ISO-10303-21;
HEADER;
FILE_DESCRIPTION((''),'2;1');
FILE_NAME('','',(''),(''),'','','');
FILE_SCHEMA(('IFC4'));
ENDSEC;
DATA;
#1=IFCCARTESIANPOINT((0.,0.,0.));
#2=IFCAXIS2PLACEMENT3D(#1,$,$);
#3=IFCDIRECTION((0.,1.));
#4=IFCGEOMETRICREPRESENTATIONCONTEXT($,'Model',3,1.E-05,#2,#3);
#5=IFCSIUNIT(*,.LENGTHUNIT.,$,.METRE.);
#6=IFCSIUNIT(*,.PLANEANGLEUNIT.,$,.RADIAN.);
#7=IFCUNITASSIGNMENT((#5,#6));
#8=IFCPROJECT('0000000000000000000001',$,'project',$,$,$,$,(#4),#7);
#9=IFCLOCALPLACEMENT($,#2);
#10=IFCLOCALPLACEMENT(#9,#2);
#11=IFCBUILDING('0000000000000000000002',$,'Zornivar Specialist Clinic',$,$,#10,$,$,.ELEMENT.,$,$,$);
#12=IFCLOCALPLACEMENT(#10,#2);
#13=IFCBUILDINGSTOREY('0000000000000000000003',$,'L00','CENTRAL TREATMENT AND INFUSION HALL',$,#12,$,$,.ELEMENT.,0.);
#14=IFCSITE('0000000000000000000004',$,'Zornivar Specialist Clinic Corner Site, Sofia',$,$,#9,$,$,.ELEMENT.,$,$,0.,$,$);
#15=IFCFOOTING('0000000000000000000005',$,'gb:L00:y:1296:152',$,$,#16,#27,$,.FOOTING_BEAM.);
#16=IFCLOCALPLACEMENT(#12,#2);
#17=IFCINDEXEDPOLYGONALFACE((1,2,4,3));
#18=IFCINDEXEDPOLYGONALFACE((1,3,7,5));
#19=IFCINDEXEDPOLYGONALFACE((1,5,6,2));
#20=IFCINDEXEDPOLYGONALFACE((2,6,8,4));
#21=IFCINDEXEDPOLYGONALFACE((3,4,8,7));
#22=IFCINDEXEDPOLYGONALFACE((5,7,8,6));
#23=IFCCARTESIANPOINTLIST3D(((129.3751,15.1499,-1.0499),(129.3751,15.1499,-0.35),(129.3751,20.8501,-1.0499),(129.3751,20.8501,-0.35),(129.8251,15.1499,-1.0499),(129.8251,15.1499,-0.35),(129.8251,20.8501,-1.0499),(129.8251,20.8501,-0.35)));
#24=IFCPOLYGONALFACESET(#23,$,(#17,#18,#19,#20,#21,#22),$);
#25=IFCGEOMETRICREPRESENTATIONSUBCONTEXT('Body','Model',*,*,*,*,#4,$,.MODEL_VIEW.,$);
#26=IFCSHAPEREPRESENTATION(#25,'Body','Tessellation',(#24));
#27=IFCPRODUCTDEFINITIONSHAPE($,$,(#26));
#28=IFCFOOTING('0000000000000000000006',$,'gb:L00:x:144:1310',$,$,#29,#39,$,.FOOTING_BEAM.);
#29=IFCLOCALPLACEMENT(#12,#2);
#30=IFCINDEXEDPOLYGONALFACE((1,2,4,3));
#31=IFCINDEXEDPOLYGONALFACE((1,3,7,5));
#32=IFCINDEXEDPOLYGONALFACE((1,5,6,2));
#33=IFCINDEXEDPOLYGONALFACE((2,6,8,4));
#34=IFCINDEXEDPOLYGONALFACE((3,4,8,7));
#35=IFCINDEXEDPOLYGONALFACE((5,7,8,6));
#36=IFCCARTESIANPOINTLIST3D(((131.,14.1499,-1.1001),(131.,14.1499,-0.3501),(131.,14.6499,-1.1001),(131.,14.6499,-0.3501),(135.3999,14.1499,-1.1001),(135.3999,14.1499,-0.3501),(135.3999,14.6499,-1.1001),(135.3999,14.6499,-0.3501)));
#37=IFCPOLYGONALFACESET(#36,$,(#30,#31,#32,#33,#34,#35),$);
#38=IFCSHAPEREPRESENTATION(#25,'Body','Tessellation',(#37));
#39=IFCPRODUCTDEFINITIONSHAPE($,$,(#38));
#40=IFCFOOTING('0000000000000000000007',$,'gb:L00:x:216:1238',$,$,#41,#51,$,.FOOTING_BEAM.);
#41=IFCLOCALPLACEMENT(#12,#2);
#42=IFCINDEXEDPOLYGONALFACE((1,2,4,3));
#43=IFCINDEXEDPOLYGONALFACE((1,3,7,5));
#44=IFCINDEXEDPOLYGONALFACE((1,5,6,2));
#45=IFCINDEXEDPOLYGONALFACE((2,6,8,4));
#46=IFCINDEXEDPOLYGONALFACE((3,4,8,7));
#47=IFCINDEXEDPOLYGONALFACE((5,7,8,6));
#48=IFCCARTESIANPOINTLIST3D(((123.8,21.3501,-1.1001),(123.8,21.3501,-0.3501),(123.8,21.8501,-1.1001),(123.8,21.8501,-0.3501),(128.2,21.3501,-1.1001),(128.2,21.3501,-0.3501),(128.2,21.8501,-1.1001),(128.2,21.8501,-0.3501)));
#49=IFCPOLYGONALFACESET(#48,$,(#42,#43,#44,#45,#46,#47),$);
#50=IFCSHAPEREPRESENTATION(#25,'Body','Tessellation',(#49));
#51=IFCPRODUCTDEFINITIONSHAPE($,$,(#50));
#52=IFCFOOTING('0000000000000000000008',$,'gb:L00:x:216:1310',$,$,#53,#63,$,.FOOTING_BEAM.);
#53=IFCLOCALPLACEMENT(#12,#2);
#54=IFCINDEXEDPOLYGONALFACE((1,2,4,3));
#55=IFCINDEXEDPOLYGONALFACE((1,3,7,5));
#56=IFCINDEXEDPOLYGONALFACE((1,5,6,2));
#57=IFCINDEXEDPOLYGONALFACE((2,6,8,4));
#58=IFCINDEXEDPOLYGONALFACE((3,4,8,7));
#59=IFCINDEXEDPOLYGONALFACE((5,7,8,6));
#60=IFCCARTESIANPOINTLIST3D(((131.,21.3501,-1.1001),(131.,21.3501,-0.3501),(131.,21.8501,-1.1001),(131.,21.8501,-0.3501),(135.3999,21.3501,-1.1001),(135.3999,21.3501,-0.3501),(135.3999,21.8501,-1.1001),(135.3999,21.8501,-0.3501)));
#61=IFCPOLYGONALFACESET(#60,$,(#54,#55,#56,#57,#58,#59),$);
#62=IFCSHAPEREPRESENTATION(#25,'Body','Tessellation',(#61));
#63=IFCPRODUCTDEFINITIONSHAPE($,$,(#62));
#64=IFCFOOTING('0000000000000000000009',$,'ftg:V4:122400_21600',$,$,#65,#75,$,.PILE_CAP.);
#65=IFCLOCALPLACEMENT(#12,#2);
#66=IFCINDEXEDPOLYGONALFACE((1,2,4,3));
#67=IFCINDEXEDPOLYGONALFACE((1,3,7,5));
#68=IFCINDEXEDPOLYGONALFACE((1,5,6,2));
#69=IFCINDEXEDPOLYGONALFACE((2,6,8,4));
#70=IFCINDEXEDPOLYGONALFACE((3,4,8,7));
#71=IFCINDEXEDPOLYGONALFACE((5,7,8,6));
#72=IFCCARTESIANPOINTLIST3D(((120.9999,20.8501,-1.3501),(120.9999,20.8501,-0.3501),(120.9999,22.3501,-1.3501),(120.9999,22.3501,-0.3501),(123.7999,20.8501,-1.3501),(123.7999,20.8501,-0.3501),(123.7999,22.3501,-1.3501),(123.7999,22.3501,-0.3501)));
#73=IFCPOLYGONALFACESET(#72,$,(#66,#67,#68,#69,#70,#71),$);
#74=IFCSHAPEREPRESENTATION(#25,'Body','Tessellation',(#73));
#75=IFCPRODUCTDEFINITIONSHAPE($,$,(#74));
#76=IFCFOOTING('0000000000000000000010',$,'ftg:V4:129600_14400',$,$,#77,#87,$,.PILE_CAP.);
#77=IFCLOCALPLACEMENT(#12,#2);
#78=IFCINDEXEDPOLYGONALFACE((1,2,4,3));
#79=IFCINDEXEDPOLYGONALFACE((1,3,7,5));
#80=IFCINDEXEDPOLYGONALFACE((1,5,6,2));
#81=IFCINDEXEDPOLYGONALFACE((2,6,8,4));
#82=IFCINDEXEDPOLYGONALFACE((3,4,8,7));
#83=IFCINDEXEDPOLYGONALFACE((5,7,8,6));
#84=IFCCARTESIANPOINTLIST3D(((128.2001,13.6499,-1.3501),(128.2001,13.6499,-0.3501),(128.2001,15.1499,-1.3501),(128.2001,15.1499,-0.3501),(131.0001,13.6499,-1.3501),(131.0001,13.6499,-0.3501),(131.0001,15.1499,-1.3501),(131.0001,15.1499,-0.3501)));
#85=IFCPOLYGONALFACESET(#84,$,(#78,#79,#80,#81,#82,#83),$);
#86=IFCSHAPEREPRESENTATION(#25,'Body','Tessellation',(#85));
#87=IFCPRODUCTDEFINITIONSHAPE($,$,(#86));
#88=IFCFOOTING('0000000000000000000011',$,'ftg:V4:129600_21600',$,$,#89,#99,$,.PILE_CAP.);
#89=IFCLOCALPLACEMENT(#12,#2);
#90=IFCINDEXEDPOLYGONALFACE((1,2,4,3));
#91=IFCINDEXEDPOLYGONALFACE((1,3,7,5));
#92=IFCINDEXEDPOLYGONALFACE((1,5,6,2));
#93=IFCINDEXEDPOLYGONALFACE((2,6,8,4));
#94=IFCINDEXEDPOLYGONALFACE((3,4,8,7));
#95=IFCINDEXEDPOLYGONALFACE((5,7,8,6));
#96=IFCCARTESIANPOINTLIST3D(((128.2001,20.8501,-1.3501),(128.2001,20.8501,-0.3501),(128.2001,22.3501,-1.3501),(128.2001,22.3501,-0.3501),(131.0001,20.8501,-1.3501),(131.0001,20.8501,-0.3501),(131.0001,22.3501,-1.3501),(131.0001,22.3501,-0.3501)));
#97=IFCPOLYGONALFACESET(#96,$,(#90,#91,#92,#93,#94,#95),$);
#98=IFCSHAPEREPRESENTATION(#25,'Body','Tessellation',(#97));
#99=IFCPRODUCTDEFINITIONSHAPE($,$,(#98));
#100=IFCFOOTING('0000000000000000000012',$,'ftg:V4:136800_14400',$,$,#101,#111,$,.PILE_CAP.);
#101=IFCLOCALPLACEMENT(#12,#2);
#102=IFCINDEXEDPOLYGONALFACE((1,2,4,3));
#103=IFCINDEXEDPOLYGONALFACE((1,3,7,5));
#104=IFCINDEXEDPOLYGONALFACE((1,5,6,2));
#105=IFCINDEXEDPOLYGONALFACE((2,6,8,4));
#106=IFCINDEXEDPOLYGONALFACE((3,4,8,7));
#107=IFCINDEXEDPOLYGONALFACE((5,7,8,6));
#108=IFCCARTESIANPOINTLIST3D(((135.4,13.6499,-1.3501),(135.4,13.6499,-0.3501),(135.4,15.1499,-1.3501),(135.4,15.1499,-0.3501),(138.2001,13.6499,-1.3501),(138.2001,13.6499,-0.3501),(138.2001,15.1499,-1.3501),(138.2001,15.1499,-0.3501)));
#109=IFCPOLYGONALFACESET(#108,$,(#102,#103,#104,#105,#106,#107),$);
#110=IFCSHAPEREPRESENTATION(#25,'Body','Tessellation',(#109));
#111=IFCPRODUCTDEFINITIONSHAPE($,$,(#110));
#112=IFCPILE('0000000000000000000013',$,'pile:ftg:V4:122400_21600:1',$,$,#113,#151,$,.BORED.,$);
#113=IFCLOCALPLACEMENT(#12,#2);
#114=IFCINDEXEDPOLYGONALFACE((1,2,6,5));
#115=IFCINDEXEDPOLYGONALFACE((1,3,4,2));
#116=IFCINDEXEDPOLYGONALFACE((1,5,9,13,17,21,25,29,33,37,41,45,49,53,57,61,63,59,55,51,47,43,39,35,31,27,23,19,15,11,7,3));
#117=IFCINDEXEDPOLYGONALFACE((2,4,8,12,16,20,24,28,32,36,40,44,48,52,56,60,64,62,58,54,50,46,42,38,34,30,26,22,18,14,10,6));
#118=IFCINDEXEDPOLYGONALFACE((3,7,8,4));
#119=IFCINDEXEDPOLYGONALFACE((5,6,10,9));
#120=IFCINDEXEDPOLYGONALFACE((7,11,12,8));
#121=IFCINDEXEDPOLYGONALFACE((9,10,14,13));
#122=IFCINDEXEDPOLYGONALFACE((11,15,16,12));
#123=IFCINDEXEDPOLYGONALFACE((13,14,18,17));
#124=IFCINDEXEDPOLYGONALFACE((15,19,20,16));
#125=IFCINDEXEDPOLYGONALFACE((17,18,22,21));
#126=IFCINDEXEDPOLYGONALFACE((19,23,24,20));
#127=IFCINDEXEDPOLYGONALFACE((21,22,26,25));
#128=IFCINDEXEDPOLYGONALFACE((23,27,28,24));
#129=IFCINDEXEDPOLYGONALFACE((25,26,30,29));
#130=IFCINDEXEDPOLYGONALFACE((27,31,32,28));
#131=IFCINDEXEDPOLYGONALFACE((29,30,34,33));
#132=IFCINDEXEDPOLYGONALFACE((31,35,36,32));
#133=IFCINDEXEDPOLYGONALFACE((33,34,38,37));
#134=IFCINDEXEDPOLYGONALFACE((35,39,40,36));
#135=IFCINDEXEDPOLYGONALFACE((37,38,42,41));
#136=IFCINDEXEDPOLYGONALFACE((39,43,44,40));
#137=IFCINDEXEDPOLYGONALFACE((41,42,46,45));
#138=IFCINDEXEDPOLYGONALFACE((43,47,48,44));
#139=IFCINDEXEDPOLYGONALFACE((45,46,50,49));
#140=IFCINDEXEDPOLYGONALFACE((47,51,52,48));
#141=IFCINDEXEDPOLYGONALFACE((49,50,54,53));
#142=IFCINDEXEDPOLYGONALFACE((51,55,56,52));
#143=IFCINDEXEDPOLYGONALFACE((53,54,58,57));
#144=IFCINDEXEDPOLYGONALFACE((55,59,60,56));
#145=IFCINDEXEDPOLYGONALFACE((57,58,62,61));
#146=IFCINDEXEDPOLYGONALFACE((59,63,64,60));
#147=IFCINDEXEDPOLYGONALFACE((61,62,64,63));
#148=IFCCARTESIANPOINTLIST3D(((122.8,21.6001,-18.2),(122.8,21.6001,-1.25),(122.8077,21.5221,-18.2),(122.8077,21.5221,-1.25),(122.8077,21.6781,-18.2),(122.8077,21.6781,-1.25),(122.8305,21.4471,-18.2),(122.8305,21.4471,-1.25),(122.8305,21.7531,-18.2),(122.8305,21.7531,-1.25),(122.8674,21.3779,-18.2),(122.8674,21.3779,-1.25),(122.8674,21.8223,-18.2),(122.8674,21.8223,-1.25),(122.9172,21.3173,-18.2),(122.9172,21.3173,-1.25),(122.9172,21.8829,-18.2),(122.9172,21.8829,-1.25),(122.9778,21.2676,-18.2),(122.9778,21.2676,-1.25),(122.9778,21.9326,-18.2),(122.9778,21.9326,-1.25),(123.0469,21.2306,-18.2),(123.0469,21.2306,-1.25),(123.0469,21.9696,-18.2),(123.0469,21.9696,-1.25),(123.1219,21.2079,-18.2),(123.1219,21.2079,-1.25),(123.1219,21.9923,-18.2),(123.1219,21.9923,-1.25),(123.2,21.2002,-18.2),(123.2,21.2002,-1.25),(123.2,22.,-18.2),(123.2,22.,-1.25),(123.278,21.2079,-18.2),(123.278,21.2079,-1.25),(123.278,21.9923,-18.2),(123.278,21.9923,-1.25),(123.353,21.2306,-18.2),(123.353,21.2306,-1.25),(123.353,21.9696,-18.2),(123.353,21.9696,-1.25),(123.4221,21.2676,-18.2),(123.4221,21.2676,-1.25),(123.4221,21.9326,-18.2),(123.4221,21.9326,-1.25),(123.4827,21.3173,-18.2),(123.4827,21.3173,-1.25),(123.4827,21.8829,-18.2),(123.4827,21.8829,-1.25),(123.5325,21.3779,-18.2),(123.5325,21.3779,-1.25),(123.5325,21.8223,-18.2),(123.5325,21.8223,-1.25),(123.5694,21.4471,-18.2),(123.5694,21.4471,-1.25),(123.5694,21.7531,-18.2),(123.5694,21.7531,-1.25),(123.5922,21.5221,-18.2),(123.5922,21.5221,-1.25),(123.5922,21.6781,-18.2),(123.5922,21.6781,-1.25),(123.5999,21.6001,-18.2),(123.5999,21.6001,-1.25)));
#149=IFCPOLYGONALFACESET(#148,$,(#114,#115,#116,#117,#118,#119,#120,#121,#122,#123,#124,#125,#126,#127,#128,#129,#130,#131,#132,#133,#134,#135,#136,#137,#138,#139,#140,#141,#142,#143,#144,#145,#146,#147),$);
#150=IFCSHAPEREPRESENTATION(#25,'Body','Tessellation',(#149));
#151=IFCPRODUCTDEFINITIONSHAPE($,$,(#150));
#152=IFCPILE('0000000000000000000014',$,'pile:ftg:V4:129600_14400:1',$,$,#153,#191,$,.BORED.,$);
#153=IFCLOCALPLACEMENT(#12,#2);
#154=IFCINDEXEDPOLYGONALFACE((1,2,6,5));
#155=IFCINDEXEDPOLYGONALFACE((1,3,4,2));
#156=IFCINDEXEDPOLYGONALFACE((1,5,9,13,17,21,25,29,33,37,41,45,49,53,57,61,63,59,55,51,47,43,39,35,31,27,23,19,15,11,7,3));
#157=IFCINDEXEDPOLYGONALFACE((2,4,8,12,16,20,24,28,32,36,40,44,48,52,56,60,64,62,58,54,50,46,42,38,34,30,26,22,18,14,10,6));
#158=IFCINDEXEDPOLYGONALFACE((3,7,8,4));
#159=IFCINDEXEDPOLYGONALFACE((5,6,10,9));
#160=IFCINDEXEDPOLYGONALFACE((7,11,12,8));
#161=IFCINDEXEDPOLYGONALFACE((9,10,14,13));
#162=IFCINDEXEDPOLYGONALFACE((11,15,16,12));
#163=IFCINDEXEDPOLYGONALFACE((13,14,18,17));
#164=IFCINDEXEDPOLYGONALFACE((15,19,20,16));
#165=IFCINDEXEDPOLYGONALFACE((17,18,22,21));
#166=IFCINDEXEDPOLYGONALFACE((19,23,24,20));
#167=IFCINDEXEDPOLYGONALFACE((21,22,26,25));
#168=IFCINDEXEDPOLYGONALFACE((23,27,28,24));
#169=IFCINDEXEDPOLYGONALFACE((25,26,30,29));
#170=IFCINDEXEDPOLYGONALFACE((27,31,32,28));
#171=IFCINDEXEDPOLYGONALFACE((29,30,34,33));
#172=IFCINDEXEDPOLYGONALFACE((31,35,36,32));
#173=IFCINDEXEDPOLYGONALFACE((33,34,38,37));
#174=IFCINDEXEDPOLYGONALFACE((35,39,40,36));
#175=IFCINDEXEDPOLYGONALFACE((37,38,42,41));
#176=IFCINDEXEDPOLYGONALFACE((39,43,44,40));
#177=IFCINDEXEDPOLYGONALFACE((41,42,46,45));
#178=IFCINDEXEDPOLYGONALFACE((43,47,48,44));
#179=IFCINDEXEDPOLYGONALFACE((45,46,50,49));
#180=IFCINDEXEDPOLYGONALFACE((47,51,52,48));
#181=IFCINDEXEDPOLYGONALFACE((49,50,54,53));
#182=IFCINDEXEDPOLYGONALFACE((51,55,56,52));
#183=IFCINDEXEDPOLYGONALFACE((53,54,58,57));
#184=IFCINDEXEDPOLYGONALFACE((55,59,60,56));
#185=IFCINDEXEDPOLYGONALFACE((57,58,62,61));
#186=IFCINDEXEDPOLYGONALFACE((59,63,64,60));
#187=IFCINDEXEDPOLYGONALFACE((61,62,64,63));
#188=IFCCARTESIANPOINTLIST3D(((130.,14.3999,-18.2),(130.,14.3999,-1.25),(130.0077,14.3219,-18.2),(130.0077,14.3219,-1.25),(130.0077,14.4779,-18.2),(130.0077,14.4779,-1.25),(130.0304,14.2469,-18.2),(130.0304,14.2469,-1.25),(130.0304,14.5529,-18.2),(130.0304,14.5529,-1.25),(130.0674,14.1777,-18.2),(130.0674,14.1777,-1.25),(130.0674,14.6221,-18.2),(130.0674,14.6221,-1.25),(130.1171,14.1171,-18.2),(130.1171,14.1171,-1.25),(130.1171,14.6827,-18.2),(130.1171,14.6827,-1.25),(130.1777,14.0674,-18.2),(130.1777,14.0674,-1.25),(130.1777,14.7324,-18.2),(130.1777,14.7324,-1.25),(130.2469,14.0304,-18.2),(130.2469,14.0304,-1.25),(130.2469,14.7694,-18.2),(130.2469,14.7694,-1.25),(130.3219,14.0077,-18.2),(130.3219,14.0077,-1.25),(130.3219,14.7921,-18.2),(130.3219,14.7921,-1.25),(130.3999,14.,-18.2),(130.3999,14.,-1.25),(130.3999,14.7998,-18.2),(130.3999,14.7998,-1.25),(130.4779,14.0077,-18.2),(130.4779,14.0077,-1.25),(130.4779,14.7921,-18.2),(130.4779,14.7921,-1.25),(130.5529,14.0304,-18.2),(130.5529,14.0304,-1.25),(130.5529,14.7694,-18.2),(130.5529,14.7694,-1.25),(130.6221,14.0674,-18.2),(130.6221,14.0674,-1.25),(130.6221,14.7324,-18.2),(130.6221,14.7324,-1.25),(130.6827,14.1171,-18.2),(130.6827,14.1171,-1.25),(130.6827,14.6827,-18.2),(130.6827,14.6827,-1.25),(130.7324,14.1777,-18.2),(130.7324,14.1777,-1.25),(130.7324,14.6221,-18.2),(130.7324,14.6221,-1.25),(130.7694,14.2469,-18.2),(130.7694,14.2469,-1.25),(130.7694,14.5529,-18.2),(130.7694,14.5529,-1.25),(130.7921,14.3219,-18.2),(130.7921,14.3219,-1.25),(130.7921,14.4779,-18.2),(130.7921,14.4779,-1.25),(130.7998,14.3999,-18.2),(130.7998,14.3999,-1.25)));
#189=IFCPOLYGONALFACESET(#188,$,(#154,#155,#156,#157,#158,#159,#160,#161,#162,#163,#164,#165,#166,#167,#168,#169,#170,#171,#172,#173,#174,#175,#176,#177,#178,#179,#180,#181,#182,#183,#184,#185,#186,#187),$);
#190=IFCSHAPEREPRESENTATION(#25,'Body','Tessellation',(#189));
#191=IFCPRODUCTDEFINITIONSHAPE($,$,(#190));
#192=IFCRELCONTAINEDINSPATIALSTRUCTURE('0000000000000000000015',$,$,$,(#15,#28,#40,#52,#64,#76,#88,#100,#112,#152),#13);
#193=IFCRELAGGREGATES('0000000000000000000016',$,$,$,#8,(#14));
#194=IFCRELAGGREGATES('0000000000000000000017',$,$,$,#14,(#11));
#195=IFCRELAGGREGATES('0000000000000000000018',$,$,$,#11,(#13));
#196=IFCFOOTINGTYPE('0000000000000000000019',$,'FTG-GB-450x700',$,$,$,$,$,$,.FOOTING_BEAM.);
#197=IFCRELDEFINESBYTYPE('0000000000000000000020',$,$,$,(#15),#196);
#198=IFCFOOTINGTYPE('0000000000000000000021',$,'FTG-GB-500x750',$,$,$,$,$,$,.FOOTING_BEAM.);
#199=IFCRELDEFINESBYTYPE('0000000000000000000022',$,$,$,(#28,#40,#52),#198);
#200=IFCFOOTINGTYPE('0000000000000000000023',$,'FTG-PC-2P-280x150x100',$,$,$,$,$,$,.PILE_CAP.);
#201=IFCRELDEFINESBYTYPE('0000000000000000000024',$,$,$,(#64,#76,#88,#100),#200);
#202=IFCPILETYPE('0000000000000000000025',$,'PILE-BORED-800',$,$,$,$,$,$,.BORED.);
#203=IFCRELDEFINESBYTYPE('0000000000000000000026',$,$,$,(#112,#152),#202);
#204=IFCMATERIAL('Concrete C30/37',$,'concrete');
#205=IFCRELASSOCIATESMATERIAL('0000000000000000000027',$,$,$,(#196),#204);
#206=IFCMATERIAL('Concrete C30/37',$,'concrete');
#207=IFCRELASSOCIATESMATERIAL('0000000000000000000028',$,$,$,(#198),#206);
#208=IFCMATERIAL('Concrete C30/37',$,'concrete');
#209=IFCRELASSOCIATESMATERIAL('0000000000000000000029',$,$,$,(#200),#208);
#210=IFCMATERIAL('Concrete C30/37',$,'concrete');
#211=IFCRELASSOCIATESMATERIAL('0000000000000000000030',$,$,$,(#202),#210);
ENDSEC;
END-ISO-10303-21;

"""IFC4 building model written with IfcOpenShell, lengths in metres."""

from ifc_helpers import new_model, si_unit, direction, frame, origin, origin_2d, place, context, subcontext, project, spatial, rectangle, circle, extrude, material, material_profile, profile_set, type_object, element, save


model = new_model("IFC4")

# Units and contexts
model_context = context("Model", 3, precision=1e-05, world=origin(), true_north=direction((0.0, 1.0)))
body_context = subcontext(model_context, "Body", "Model", "MODEL_VIEW")
ifc_project = project(units=[si_unit("LENGTHUNIT", "METRE"), si_unit("PLANEANGLEUNIT", "RADIAN")], contexts=[model_context])

# Site, building, storey
site_placement = place(None, origin())
site = spatial("IfcSite", under=ifc_project, at=site_placement, Name="Zornivar Specialist Clinic Corner Site, Sofia", CompositionType="ELEMENT", RefElevation=0.0)
building_placement = place(site_placement, origin())
building = spatial("IfcBuilding", under=site, at=building_placement, Name="Zornivar Specialist Clinic", CompositionType="ELEMENT")
storey_placement = place(building_placement, origin())
storey = spatial("IfcBuildingStorey", under=building, at=storey_placement, Name="L00", Description="CENTRAL TREATMENT AND INFUSION HALL", CompositionType="ELEMENT", Elevation=0.0)

# Footings
ifc_material_1 = material(Name="Concrete C30/37", Category="concrete")
ifc_material_profile_1 = material_profile(ifc_material_1, rectangle(XDim=0.45, YDim=0.7, at=origin_2d()), Name="RC 450x700")
ifc_profile_set_1 = profile_set([ifc_material_profile_1], Name="Concrete C30/37")
footing_type_1 = type_object("IfcFootingType", Name="FTG-GB-450x700", PredefinedType="FOOTING_BEAM", material=ifc_profile_set_1)
footing_placement = place(storey_placement, frame((129.6001, 15.1499, -0.7), z_axis=(0.0, 1.0, 0.0), x_axis=(-1.0, 0.0, 0.0)))
element("IfcFooting", 1, at=footing_placement, inside=storey, type_object=footing_type_1, Name="gb:L00:y:1296:152", PredefinedType="FOOTING_BEAM", context=body_context, shape_type="SweptSolid", body=[
    extrude(rectangle(XDim=0.45, YDim=0.7, at=origin_2d()), origin(), (0.0, 0.0, 1.0), 5.7002),
])
ifc_material_2 = material(Name="Concrete C30/37", Category="concrete")
ifc_material_profile_2 = material_profile(ifc_material_2, rectangle(XDim=0.5, YDim=0.75, at=origin_2d()), Name="RC 500x750")
ifc_profile_set_2 = profile_set([ifc_material_profile_2], Name="Concrete C30/37")
footing_type_2 = type_object("IfcFootingType", Name="FTG-GB-500x750", PredefinedType="FOOTING_BEAM", material=ifc_profile_set_2)
for number, where, z_axis, x_axis, name in (
    (2, (131.0, 14.3999, -0.7251), (1.0, 0.0, 0.0), (0.0, 1.0, 0.0), "gb:L00:x:144:1310"),
    (3, (123.8, 21.6001, -0.7251), (1.0, 0.0, 0.0), (0.0, 1.0, 0.0), "gb:L00:x:216:1238"),
    (4, (131.0, 21.6001, -0.7251), (1.0, 0.0, 0.0), (0.0, 1.0, 0.0), "gb:L00:x:216:1310"),
):
    element("IfcFooting", number, at=place(storey_placement, frame(where, z_axis=z_axis, x_axis=x_axis)), inside=storey, type_object=footing_type_2, Name=name, PredefinedType="FOOTING_BEAM", context=body_context, shape_type="SweptSolid", body=[
        extrude(rectangle(XDim=0.5, YDim=0.75, at=origin_2d()), origin(), (0.0, 0.0, 1.0), 4.3999),
    ])
ifc_material_3 = material(Name="Concrete C30/37", Category="concrete")
footing_type_3 = type_object("IfcFootingType", Name="FTG-PC-2P-280x150x100", PredefinedType="PILE_CAP", material=ifc_material_3)
for number, where, z_axis, x_axis, name in (
    (5, (122.3999, 21.6001, -1.3501), (0.0, 0.0, 1.0), (1.0, 0.0, 0.0), "ftg:V4:122400_21600"),
    (6, (129.6001, 14.3999, -1.3501), (0.0, 0.0, 1.0), (1.0, 0.0, 0.0), "ftg:V4:129600_14400"),
    (7, (129.6001, 21.6001, -1.3501), (0.0, 0.0, 1.0), (1.0, 0.0, 0.0), "ftg:V4:129600_21600"),
    (8, (136.8, 14.3999, -1.3501), (0.0, 0.0, 1.0), (1.0, 0.0, 0.0), "ftg:V4:136800_14400"),
):
    element("IfcFooting", number, at=place(storey_placement, frame(where, z_axis=z_axis, x_axis=x_axis)), inside=storey, type_object=footing_type_3, Name=name, PredefinedType="PILE_CAP", context=body_context, shape_type="SweptSolid", body=[
        extrude(rectangle(XDim=2.8, YDim=1.5, at=origin_2d()), origin(), (0.0, 0.0, 1.0), 1.0),
    ])

# Piles
ifc_material_4 = material(Name="Concrete C30/37", Category="concrete")
ifc_material_profile_3 = material_profile(ifc_material_4, circle(Radius=0.3999, at=origin_2d()), Name="PILE D800")
ifc_profile_set_3 = profile_set([ifc_material_profile_3], Name="Concrete C30/37")
pile_type = type_object("IfcPileType", Name="PILE-BORED-800", PredefinedType="BORED", material=ifc_profile_set_3)
for number, where, z_axis, x_axis, name in (
    (9, (123.2, 21.6001, -1.25), (0.0, 0.0, -1.0), (1.0, 0.0, 0.0), "pile:ftg:V4:122400_21600:1"),
    (10, (130.3999, 14.3999, -1.25), (0.0, 0.0, -1.0), (1.0, 0.0, 0.0), "pile:ftg:V4:129600_14400:1"),
):
    element("IfcPile", number, at=place(storey_placement, frame(where, z_axis=z_axis, x_axis=x_axis)), inside=storey, type_object=pile_type, Name=name, PredefinedType="BORED", context=body_context, shape_type="SweptSolid", body=[
        extrude(circle(Radius=0.3999, at=origin_2d()), origin(), (0.0, 0.0, 1.0), 16.95),
    ])

save(model, "model.ifc")
